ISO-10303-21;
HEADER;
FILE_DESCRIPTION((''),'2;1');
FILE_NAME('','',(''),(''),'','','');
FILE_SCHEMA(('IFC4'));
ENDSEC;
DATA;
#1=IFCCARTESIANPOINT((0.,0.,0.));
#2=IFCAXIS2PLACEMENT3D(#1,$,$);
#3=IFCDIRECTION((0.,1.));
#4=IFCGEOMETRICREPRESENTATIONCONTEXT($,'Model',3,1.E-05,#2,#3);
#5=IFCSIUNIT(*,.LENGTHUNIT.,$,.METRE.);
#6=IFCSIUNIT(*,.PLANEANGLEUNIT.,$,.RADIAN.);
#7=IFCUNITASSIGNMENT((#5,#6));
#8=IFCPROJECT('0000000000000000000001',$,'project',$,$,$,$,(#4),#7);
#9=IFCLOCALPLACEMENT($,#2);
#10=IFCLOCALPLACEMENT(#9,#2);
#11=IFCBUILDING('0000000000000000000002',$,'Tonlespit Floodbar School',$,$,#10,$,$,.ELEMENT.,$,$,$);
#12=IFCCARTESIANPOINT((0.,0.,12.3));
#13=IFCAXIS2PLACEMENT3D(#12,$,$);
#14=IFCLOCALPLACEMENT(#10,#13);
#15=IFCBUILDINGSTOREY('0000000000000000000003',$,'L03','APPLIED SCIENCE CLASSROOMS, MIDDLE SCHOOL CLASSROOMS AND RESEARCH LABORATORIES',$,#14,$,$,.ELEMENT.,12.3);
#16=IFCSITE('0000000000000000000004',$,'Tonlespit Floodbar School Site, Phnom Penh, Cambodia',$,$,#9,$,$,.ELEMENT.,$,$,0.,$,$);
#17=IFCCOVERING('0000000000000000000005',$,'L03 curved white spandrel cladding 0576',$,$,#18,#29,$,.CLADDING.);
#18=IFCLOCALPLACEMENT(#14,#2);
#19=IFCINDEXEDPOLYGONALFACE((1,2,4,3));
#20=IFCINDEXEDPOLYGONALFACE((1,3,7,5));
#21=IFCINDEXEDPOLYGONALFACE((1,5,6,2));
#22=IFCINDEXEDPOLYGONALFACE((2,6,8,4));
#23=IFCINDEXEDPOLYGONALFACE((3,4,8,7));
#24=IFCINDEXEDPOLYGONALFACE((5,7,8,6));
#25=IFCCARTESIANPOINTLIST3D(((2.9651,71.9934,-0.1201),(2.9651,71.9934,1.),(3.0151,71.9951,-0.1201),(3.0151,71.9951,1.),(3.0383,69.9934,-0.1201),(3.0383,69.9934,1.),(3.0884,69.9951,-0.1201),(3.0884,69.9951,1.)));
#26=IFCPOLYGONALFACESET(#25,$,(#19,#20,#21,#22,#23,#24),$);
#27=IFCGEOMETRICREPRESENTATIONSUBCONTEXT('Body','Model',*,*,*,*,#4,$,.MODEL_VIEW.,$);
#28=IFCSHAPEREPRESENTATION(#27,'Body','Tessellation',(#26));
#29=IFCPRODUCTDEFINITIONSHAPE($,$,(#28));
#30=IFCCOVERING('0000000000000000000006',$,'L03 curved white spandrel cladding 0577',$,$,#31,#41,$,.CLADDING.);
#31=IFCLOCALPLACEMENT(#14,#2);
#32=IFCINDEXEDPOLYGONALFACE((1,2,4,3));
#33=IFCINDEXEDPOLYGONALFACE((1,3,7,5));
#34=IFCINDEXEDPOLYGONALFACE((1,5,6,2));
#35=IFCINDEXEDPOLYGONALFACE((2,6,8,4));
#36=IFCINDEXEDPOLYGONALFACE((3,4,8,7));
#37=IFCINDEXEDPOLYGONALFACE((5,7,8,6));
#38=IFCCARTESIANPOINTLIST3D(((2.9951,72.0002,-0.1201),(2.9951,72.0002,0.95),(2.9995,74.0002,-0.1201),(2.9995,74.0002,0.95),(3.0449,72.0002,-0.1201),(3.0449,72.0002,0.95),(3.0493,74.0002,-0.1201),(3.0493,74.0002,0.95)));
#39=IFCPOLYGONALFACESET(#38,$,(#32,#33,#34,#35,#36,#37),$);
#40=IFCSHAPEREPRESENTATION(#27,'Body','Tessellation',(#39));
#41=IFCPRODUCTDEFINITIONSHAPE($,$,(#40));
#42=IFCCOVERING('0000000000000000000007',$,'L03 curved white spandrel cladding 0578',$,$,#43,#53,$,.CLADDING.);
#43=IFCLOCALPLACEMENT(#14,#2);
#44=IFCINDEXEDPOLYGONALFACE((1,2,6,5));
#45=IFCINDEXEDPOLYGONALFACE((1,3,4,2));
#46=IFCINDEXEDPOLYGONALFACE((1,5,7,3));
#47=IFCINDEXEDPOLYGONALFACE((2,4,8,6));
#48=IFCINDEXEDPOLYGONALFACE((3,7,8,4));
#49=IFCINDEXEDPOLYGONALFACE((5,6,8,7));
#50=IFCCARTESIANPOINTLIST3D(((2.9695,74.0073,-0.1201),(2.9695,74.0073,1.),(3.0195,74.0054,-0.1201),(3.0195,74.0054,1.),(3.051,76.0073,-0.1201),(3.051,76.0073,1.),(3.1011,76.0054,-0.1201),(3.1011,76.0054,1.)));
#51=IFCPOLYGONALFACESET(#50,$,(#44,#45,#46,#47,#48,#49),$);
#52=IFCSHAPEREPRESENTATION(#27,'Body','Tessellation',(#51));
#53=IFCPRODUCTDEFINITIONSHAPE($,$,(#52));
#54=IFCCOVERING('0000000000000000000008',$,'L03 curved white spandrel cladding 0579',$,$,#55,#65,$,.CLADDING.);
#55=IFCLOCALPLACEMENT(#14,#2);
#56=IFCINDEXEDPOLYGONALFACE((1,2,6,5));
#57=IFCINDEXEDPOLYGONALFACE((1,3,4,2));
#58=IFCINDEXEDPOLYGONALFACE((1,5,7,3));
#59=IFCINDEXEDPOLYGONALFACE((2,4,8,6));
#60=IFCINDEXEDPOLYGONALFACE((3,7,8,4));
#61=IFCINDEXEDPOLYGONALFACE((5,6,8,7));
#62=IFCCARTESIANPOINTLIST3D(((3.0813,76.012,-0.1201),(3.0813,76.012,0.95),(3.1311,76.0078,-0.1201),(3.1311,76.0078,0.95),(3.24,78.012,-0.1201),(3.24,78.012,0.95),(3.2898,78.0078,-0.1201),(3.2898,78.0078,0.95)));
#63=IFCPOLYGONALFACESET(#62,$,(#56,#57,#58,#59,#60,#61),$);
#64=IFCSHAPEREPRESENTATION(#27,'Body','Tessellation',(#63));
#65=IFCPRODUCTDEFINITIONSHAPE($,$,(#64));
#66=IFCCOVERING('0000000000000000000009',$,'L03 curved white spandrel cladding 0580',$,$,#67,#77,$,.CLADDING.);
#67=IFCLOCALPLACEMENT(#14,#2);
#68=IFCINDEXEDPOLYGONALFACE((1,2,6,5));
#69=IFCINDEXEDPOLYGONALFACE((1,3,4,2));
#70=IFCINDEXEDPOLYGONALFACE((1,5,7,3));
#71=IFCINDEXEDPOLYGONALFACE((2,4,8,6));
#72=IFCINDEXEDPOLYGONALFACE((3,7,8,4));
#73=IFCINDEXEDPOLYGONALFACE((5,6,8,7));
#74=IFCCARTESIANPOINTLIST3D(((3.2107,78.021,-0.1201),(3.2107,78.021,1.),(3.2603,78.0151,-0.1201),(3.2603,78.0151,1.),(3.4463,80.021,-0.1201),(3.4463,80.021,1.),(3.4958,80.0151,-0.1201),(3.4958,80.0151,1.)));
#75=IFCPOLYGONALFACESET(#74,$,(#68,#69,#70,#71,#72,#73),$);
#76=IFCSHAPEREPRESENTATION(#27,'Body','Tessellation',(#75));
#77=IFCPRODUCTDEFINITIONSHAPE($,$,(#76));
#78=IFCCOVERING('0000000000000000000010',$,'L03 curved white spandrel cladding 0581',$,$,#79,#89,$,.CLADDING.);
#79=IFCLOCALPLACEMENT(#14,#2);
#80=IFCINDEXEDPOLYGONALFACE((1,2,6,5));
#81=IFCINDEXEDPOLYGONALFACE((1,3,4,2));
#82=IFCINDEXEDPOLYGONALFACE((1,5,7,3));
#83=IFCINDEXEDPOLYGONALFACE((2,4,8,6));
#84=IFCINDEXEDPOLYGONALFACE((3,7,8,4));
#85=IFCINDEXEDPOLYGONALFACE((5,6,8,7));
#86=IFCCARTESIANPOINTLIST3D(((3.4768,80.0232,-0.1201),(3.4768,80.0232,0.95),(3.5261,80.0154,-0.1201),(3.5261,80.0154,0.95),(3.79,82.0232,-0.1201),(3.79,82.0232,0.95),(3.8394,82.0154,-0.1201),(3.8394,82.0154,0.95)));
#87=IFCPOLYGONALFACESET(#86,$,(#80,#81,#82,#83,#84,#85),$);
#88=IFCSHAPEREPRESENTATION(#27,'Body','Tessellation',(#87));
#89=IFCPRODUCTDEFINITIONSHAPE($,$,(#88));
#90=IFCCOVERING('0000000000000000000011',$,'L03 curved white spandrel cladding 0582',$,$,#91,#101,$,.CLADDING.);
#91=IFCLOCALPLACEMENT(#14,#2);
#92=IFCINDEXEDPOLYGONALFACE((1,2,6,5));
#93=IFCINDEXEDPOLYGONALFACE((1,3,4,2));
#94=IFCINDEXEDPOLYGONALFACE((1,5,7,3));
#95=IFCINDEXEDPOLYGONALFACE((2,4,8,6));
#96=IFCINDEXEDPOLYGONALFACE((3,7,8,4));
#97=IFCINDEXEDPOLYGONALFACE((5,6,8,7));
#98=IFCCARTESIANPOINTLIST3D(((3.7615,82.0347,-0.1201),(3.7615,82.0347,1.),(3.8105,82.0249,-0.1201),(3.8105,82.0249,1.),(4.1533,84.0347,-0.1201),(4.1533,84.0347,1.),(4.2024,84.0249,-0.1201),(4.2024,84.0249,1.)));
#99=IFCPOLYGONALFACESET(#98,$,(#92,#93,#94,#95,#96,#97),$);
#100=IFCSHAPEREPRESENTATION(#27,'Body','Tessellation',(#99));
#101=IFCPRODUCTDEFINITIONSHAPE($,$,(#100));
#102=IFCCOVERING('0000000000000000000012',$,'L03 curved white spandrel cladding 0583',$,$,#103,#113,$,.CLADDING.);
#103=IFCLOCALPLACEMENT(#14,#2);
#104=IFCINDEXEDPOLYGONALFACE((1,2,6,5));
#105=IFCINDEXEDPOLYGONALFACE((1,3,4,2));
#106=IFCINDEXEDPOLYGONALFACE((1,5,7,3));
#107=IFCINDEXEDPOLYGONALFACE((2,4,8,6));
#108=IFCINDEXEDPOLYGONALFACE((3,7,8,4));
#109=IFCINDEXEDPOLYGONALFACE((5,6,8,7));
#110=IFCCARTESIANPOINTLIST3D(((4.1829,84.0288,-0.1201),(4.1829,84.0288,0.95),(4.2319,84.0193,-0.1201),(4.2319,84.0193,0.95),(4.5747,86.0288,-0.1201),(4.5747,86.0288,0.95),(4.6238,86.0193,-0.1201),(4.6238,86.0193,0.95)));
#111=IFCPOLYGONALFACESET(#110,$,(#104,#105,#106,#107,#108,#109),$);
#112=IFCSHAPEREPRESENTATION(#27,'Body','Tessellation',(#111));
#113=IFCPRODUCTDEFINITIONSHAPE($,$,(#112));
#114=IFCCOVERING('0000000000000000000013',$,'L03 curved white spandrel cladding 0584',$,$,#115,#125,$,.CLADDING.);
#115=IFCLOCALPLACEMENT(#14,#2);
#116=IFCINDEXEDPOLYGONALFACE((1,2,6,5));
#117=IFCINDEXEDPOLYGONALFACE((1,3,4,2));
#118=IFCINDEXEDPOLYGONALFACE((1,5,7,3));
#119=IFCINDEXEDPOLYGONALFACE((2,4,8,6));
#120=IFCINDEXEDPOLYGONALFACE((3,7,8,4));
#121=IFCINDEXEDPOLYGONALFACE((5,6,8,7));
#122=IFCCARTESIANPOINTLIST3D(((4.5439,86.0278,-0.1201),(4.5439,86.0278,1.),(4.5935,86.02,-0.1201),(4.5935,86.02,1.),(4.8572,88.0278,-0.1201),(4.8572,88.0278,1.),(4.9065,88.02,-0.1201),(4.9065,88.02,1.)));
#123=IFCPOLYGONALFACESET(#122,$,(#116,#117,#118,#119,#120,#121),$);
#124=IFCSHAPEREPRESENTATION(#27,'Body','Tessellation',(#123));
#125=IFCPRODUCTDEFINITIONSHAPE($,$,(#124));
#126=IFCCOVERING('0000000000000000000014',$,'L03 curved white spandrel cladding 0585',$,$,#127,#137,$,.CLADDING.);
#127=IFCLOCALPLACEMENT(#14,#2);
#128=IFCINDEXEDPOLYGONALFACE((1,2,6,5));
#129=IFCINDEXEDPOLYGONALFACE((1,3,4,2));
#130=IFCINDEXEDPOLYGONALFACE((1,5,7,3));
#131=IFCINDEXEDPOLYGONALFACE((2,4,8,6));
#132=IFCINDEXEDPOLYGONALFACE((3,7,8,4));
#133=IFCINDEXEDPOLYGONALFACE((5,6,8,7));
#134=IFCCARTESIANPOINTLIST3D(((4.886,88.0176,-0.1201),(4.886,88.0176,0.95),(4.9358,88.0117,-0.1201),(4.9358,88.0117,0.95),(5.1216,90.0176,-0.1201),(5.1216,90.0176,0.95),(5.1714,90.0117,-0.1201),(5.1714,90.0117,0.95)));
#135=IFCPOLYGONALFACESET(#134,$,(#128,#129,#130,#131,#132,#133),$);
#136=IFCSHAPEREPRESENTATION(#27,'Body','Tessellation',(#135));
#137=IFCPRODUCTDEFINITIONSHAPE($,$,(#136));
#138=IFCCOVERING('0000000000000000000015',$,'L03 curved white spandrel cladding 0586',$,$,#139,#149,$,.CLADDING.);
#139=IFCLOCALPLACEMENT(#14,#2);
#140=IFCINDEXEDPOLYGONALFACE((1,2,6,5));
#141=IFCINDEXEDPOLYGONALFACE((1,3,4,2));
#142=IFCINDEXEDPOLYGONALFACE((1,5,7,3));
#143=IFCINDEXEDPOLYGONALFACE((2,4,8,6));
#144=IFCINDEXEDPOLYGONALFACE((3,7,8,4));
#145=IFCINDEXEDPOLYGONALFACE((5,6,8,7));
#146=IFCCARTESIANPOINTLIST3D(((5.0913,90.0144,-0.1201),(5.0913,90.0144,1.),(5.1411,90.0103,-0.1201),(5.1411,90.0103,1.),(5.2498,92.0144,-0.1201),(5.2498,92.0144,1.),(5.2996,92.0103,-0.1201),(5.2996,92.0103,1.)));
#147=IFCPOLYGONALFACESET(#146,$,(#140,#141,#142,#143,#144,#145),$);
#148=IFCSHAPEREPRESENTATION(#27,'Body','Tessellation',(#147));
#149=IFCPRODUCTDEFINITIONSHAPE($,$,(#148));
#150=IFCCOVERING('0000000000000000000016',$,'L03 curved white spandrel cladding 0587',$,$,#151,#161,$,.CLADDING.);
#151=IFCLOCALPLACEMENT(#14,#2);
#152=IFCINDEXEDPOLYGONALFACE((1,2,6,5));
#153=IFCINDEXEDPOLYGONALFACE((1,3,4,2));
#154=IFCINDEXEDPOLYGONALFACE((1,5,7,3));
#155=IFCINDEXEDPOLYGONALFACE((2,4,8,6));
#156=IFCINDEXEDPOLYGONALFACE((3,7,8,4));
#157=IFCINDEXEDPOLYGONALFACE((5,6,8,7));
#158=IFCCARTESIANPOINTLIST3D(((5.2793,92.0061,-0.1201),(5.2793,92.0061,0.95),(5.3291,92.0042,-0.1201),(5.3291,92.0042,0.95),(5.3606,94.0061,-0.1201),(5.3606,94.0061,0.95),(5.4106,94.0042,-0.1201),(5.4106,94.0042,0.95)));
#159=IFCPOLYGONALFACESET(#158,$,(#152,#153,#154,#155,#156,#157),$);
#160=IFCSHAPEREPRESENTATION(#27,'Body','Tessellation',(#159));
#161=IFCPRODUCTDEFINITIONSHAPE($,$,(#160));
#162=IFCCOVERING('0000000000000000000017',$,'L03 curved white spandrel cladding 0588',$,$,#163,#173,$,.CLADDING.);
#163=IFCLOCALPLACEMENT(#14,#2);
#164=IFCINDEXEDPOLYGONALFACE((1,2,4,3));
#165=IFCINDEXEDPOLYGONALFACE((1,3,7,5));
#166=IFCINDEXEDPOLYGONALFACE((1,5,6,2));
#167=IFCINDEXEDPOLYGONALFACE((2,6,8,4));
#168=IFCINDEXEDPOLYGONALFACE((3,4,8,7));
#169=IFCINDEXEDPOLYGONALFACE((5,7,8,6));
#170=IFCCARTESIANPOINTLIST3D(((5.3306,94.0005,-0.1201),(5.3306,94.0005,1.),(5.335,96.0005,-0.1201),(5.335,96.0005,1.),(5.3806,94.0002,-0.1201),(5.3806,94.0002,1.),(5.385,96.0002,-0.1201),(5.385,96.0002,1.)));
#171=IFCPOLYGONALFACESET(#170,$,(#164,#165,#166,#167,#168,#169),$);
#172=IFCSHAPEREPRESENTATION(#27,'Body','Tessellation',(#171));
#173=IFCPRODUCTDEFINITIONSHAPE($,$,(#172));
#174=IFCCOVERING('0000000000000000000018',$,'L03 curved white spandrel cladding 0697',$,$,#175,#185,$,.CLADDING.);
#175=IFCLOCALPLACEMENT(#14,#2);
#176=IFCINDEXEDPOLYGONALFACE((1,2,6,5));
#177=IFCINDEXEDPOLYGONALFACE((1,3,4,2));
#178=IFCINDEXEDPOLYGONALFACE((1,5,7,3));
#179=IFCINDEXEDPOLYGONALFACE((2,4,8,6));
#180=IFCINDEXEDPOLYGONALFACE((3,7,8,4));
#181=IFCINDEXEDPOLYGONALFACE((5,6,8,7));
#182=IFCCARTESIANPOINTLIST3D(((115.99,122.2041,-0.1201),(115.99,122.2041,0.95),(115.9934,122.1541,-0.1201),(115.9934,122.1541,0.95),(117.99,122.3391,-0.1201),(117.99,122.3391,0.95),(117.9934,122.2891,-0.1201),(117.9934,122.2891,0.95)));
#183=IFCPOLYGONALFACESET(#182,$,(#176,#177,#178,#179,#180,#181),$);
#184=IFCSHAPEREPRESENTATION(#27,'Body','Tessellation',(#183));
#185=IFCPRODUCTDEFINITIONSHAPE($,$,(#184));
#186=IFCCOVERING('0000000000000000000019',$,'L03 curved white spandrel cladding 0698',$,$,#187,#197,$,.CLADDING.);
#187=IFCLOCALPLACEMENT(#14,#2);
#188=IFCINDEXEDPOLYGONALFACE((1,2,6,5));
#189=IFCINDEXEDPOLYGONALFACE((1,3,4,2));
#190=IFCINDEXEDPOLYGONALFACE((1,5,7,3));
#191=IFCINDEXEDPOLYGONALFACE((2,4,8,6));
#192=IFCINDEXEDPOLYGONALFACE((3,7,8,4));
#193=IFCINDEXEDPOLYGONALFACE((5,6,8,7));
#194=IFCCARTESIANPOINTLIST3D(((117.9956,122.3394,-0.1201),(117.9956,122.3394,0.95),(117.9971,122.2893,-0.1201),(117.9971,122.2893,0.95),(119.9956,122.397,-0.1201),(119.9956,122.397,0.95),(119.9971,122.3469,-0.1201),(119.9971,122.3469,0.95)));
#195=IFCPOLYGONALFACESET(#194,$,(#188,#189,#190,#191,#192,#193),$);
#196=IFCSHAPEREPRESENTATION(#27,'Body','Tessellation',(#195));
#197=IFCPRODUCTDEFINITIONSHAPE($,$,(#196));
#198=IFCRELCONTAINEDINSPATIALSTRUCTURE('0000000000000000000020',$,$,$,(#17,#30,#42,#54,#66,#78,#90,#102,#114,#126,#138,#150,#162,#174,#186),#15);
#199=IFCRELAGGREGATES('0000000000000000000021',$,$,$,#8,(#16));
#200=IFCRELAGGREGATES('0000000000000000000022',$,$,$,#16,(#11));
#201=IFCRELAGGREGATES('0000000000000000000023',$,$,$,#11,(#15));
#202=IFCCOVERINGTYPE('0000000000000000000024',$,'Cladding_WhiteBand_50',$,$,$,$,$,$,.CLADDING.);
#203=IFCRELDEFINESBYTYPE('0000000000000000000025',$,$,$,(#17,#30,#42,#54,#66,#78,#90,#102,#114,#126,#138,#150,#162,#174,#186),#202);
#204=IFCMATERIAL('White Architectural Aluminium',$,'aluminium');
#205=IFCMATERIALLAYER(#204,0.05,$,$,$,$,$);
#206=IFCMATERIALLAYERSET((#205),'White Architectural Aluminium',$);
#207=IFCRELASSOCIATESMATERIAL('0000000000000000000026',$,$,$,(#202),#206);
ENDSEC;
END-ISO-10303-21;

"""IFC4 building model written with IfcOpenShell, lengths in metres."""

from ifc_helpers import new_model, si_unit, direction, frame, origin, place, context, subcontext, project, spatial, polyline, outline, extrude, material, layer, layer_set, type_object, element, save


model = new_model("IFC4")

# Units and contexts
model_context = context("Model", 3, precision=1e-05, world=origin(), true_north=direction((0.0, 1.0)))
body_context = subcontext(model_context, "Body", "Model", "MODEL_VIEW")
ifc_project = project(units=[si_unit("LENGTHUNIT", "METRE"), si_unit("PLANEANGLEUNIT", "RADIAN")], contexts=[model_context])

# Site, building, storey
site_placement = place(None, origin())
site = spatial("IfcSite", under=ifc_project, at=site_placement, Name="Tonlespit Floodbar School Site, Phnom Penh, Cambodia", CompositionType="ELEMENT", RefElevation=0.0)
building_placement = place(site_placement, origin())
building = spatial("IfcBuilding", under=site, at=building_placement, Name="Tonlespit Floodbar School", CompositionType="ELEMENT")
storey_placement = place(building_placement, frame((0.0, 0.0, 12.3)))
storey = spatial("IfcBuildingStorey", under=building, at=storey_placement, Name="L03", Description="APPLIED SCIENCE CLASSROOMS, MIDDLE SCHOOL CLASSROOMS AND RESEARCH LABORATORIES", CompositionType="ELEMENT", Elevation=12.3)

# Coverings
ifc_material = material(Name="White Architectural Aluminium", Category="aluminium")
ifc_layer = layer(ifc_material, 0.05)
ifc_layer_set = layer_set([ifc_layer], Name="White Architectural Aluminium")
covering_type = type_object("IfcCoveringType", Name="Cladding_WhiteBand_50", PredefinedType="CLADDING", material=ifc_layer_set)
covering_1_placement = place(storey_placement, frame((0.0, 0.0, -0.1201)))
element("IfcCovering", 1, at=covering_1_placement, inside=storey, type_object=covering_type, Name="L03 curved white spandrel cladding 0576", PredefinedType="CLADDING", context=body_context, shape_type="SweptSolid", body=[
    extrude(outline(polyline([(3.0884, 69.9951), (3.0151, 71.9951), (2.9651, 71.9934), (3.0383, 69.9934), (3.0884, 69.9951)])), origin(), (0.0, 0.0, 1.0), 1.1201),
])
covering_2_placement = place(storey_placement, frame((0.0, 0.0, -0.1201)))
element("IfcCovering", 2, at=covering_2_placement, inside=storey, type_object=covering_type, Name="L03 curved white spandrel cladding 0577", PredefinedType="CLADDING", context=body_context, shape_type="SweptSolid", body=[
    extrude(outline(polyline([(3.0449, 72.0002), (3.0493, 74.0002), (2.9995, 74.0002), (2.9951, 72.0002), (3.0449, 72.0002)])), origin(), (0.0, 0.0, 1.0), 1.0701),
])
covering_3_placement = place(storey_placement, frame((0.0, 0.0, -0.1201)))
element("IfcCovering", 3, at=covering_3_placement, inside=storey, type_object=covering_type, Name="L03 curved white spandrel cladding 0578", PredefinedType="CLADDING", context=body_context, shape_type="SweptSolid", body=[
    extrude(outline(polyline([(3.0195, 74.0054), (3.1011, 76.0054), (3.051, 76.0073), (2.9695, 74.0073), (3.0195, 74.0054)])), origin(), (0.0, 0.0, 1.0), 1.1201),
])
covering_4_placement = place(storey_placement, frame((0.0, 0.0, -0.1201)))
element("IfcCovering", 4, at=covering_4_placement, inside=storey, type_object=covering_type, Name="L03 curved white spandrel cladding 0579", PredefinedType="CLADDING", context=body_context, shape_type="SweptSolid", body=[
    extrude(outline(polyline([(3.1311, 76.0078), (3.2898, 78.0078), (3.24, 78.012), (3.0813, 76.012), (3.1311, 76.0078)])), origin(), (0.0, 0.0, 1.0), 1.0701),
])
covering_5_placement = place(storey_placement, frame((0.0, 0.0, -0.1201)))
element("IfcCovering", 5, at=covering_5_placement, inside=storey, type_object=covering_type, Name="L03 curved white spandrel cladding 0580", PredefinedType="CLADDING", context=body_context, shape_type="SweptSolid", body=[
    extrude(outline(polyline([(3.2603, 78.0151), (3.4958, 80.0151), (3.4463, 80.021), (3.2107, 78.021), (3.2603, 78.0151)])), origin(), (0.0, 0.0, 1.0), 1.1201),
])
covering_6_placement = place(storey_placement, frame((0.0, 0.0, -0.1201)))
element("IfcCovering", 6, at=covering_6_placement, inside=storey, type_object=covering_type, Name="L03 curved white spandrel cladding 0581", PredefinedType="CLADDING", context=body_context, shape_type="SweptSolid", body=[
    extrude(outline(polyline([(3.5261, 80.0154), (3.8394, 82.0154), (3.79, 82.0232), (3.4768, 80.0232), (3.5261, 80.0154)])), origin(), (0.0, 0.0, 1.0), 1.0701),
])
covering_7_placement = place(storey_placement, frame((0.0, 0.0, -0.1201)))
element("IfcCovering", 7, at=covering_7_placement, inside=storey, type_object=covering_type, Name="L03 curved white spandrel cladding 0582", PredefinedType="CLADDING", context=body_context, shape_type="SweptSolid", body=[
    extrude(outline(polyline([(3.8105, 82.0249), (4.2024, 84.0249), (4.1533, 84.0347), (3.7615, 82.0347), (3.8105, 82.0249)])), origin(), (0.0, 0.0, 1.0), 1.1201),
])
covering_8_placement = place(storey_placement, frame((0.0, 0.0, -0.1201)))
element("IfcCovering", 8, at=covering_8_placement, inside=storey, type_object=covering_type, Name="L03 curved white spandrel cladding 0583", PredefinedType="CLADDING", context=body_context, shape_type="SweptSolid", body=[
    extrude(outline(polyline([(4.2319, 84.0193), (4.6238, 86.0193), (4.5747, 86.0288), (4.1829, 84.0288), (4.2319, 84.0193)])), origin(), (0.0, 0.0, 1.0), 1.0701),
])
covering_9_placement = place(storey_placement, frame((0.0, 0.0, -0.1201)))
element("IfcCovering", 9, at=covering_9_placement, inside=storey, type_object=covering_type, Name="L03 curved white spandrel cladding 0584", PredefinedType="CLADDING", context=body_context, shape_type="SweptSolid", body=[
    extrude(outline(polyline([(4.5935, 86.02), (4.9065, 88.02), (4.8572, 88.0278), (4.5439, 86.0278), (4.5935, 86.02)])), origin(), (0.0, 0.0, 1.0), 1.1201),
])
covering_10_placement = place(storey_placement, frame((0.0, 0.0, -0.1201)))
element("IfcCovering", 10, at=covering_10_placement, inside=storey, type_object=covering_type, Name="L03 curved white spandrel cladding 0585", PredefinedType="CLADDING", context=body_context, shape_type="SweptSolid", body=[
    extrude(outline(polyline([(4.9358, 88.0117), (5.1714, 90.0117), (5.1216, 90.0176), (4.886, 88.0176), (4.9358, 88.0117)])), origin(), (0.0, 0.0, 1.0), 1.0701),
])
covering_11_placement = place(storey_placement, frame((0.0, 0.0, -0.1201)))
element("IfcCovering", 11, at=covering_11_placement, inside=storey, type_object=covering_type, Name="L03 curved white spandrel cladding 0586", PredefinedType="CLADDING", context=body_context, shape_type="SweptSolid", body=[
    extrude(outline(polyline([(5.1411, 90.0103), (5.2996, 92.0103), (5.2498, 92.0144), (5.0913, 90.0144), (5.1411, 90.0103)])), origin(), (0.0, 0.0, 1.0), 1.1201),
])
covering_12_placement = place(storey_placement, frame((0.0, 0.0, -0.1201)))
element("IfcCovering", 12, at=covering_12_placement, inside=storey, type_object=covering_type, Name="L03 curved white spandrel cladding 0587", PredefinedType="CLADDING", context=body_context, shape_type="SweptSolid", body=[
    extrude(outline(polyline([(5.3291, 92.0042), (5.4106, 94.0042), (5.3606, 94.0061), (5.2793, 92.0061), (5.3291, 92.0042)])), origin(), (0.0, 0.0, 1.0), 1.0701),
])
covering_13_placement = place(storey_placement, frame((0.0, 0.0, -0.1201)))
element("IfcCovering", 13, at=covering_13_placement, inside=storey, type_object=covering_type, Name="L03 curved white spandrel cladding 0588", PredefinedType="CLADDING", context=body_context, shape_type="SweptSolid", body=[
    extrude(outline(polyline([(5.3806, 94.0002), (5.385, 96.0002), (5.335, 96.0005), (5.3306, 94.0005), (5.3806, 94.0002)])), origin(), (0.0, 0.0, 1.0), 1.1201),
])
covering_14_placement = place(storey_placement, frame((0.0, 0.0, -0.1201)))
element("IfcCovering", 14, at=covering_14_placement, inside=storey, type_object=covering_type, Name="L03 curved white spandrel cladding 0697", PredefinedType="CLADDING", context=body_context, shape_type="SweptSolid", body=[
    extrude(outline(polyline([(115.9934, 122.1541), (117.9934, 122.2891), (117.99, 122.3391), (115.99, 122.2041), (115.9934, 122.1541)])), origin(), (0.0, 0.0, 1.0), 1.0701),
])
covering_15_placement = place(storey_placement, frame((0.0, 0.0, -0.1201)))
element("IfcCovering", 15, at=covering_15_placement, inside=storey, type_object=covering_type, Name="L03 curved white spandrel cladding 0698", PredefinedType="CLADDING", context=body_context, shape_type="SweptSolid", body=[
    extrude(outline(polyline([(117.9971, 122.2893), (119.9971, 122.3469), (119.9956, 122.397), (117.9956, 122.3394), (117.9971, 122.2893)])), origin(), (0.0, 0.0, 1.0), 1.0701),
])

save(model, "model.ifc")
